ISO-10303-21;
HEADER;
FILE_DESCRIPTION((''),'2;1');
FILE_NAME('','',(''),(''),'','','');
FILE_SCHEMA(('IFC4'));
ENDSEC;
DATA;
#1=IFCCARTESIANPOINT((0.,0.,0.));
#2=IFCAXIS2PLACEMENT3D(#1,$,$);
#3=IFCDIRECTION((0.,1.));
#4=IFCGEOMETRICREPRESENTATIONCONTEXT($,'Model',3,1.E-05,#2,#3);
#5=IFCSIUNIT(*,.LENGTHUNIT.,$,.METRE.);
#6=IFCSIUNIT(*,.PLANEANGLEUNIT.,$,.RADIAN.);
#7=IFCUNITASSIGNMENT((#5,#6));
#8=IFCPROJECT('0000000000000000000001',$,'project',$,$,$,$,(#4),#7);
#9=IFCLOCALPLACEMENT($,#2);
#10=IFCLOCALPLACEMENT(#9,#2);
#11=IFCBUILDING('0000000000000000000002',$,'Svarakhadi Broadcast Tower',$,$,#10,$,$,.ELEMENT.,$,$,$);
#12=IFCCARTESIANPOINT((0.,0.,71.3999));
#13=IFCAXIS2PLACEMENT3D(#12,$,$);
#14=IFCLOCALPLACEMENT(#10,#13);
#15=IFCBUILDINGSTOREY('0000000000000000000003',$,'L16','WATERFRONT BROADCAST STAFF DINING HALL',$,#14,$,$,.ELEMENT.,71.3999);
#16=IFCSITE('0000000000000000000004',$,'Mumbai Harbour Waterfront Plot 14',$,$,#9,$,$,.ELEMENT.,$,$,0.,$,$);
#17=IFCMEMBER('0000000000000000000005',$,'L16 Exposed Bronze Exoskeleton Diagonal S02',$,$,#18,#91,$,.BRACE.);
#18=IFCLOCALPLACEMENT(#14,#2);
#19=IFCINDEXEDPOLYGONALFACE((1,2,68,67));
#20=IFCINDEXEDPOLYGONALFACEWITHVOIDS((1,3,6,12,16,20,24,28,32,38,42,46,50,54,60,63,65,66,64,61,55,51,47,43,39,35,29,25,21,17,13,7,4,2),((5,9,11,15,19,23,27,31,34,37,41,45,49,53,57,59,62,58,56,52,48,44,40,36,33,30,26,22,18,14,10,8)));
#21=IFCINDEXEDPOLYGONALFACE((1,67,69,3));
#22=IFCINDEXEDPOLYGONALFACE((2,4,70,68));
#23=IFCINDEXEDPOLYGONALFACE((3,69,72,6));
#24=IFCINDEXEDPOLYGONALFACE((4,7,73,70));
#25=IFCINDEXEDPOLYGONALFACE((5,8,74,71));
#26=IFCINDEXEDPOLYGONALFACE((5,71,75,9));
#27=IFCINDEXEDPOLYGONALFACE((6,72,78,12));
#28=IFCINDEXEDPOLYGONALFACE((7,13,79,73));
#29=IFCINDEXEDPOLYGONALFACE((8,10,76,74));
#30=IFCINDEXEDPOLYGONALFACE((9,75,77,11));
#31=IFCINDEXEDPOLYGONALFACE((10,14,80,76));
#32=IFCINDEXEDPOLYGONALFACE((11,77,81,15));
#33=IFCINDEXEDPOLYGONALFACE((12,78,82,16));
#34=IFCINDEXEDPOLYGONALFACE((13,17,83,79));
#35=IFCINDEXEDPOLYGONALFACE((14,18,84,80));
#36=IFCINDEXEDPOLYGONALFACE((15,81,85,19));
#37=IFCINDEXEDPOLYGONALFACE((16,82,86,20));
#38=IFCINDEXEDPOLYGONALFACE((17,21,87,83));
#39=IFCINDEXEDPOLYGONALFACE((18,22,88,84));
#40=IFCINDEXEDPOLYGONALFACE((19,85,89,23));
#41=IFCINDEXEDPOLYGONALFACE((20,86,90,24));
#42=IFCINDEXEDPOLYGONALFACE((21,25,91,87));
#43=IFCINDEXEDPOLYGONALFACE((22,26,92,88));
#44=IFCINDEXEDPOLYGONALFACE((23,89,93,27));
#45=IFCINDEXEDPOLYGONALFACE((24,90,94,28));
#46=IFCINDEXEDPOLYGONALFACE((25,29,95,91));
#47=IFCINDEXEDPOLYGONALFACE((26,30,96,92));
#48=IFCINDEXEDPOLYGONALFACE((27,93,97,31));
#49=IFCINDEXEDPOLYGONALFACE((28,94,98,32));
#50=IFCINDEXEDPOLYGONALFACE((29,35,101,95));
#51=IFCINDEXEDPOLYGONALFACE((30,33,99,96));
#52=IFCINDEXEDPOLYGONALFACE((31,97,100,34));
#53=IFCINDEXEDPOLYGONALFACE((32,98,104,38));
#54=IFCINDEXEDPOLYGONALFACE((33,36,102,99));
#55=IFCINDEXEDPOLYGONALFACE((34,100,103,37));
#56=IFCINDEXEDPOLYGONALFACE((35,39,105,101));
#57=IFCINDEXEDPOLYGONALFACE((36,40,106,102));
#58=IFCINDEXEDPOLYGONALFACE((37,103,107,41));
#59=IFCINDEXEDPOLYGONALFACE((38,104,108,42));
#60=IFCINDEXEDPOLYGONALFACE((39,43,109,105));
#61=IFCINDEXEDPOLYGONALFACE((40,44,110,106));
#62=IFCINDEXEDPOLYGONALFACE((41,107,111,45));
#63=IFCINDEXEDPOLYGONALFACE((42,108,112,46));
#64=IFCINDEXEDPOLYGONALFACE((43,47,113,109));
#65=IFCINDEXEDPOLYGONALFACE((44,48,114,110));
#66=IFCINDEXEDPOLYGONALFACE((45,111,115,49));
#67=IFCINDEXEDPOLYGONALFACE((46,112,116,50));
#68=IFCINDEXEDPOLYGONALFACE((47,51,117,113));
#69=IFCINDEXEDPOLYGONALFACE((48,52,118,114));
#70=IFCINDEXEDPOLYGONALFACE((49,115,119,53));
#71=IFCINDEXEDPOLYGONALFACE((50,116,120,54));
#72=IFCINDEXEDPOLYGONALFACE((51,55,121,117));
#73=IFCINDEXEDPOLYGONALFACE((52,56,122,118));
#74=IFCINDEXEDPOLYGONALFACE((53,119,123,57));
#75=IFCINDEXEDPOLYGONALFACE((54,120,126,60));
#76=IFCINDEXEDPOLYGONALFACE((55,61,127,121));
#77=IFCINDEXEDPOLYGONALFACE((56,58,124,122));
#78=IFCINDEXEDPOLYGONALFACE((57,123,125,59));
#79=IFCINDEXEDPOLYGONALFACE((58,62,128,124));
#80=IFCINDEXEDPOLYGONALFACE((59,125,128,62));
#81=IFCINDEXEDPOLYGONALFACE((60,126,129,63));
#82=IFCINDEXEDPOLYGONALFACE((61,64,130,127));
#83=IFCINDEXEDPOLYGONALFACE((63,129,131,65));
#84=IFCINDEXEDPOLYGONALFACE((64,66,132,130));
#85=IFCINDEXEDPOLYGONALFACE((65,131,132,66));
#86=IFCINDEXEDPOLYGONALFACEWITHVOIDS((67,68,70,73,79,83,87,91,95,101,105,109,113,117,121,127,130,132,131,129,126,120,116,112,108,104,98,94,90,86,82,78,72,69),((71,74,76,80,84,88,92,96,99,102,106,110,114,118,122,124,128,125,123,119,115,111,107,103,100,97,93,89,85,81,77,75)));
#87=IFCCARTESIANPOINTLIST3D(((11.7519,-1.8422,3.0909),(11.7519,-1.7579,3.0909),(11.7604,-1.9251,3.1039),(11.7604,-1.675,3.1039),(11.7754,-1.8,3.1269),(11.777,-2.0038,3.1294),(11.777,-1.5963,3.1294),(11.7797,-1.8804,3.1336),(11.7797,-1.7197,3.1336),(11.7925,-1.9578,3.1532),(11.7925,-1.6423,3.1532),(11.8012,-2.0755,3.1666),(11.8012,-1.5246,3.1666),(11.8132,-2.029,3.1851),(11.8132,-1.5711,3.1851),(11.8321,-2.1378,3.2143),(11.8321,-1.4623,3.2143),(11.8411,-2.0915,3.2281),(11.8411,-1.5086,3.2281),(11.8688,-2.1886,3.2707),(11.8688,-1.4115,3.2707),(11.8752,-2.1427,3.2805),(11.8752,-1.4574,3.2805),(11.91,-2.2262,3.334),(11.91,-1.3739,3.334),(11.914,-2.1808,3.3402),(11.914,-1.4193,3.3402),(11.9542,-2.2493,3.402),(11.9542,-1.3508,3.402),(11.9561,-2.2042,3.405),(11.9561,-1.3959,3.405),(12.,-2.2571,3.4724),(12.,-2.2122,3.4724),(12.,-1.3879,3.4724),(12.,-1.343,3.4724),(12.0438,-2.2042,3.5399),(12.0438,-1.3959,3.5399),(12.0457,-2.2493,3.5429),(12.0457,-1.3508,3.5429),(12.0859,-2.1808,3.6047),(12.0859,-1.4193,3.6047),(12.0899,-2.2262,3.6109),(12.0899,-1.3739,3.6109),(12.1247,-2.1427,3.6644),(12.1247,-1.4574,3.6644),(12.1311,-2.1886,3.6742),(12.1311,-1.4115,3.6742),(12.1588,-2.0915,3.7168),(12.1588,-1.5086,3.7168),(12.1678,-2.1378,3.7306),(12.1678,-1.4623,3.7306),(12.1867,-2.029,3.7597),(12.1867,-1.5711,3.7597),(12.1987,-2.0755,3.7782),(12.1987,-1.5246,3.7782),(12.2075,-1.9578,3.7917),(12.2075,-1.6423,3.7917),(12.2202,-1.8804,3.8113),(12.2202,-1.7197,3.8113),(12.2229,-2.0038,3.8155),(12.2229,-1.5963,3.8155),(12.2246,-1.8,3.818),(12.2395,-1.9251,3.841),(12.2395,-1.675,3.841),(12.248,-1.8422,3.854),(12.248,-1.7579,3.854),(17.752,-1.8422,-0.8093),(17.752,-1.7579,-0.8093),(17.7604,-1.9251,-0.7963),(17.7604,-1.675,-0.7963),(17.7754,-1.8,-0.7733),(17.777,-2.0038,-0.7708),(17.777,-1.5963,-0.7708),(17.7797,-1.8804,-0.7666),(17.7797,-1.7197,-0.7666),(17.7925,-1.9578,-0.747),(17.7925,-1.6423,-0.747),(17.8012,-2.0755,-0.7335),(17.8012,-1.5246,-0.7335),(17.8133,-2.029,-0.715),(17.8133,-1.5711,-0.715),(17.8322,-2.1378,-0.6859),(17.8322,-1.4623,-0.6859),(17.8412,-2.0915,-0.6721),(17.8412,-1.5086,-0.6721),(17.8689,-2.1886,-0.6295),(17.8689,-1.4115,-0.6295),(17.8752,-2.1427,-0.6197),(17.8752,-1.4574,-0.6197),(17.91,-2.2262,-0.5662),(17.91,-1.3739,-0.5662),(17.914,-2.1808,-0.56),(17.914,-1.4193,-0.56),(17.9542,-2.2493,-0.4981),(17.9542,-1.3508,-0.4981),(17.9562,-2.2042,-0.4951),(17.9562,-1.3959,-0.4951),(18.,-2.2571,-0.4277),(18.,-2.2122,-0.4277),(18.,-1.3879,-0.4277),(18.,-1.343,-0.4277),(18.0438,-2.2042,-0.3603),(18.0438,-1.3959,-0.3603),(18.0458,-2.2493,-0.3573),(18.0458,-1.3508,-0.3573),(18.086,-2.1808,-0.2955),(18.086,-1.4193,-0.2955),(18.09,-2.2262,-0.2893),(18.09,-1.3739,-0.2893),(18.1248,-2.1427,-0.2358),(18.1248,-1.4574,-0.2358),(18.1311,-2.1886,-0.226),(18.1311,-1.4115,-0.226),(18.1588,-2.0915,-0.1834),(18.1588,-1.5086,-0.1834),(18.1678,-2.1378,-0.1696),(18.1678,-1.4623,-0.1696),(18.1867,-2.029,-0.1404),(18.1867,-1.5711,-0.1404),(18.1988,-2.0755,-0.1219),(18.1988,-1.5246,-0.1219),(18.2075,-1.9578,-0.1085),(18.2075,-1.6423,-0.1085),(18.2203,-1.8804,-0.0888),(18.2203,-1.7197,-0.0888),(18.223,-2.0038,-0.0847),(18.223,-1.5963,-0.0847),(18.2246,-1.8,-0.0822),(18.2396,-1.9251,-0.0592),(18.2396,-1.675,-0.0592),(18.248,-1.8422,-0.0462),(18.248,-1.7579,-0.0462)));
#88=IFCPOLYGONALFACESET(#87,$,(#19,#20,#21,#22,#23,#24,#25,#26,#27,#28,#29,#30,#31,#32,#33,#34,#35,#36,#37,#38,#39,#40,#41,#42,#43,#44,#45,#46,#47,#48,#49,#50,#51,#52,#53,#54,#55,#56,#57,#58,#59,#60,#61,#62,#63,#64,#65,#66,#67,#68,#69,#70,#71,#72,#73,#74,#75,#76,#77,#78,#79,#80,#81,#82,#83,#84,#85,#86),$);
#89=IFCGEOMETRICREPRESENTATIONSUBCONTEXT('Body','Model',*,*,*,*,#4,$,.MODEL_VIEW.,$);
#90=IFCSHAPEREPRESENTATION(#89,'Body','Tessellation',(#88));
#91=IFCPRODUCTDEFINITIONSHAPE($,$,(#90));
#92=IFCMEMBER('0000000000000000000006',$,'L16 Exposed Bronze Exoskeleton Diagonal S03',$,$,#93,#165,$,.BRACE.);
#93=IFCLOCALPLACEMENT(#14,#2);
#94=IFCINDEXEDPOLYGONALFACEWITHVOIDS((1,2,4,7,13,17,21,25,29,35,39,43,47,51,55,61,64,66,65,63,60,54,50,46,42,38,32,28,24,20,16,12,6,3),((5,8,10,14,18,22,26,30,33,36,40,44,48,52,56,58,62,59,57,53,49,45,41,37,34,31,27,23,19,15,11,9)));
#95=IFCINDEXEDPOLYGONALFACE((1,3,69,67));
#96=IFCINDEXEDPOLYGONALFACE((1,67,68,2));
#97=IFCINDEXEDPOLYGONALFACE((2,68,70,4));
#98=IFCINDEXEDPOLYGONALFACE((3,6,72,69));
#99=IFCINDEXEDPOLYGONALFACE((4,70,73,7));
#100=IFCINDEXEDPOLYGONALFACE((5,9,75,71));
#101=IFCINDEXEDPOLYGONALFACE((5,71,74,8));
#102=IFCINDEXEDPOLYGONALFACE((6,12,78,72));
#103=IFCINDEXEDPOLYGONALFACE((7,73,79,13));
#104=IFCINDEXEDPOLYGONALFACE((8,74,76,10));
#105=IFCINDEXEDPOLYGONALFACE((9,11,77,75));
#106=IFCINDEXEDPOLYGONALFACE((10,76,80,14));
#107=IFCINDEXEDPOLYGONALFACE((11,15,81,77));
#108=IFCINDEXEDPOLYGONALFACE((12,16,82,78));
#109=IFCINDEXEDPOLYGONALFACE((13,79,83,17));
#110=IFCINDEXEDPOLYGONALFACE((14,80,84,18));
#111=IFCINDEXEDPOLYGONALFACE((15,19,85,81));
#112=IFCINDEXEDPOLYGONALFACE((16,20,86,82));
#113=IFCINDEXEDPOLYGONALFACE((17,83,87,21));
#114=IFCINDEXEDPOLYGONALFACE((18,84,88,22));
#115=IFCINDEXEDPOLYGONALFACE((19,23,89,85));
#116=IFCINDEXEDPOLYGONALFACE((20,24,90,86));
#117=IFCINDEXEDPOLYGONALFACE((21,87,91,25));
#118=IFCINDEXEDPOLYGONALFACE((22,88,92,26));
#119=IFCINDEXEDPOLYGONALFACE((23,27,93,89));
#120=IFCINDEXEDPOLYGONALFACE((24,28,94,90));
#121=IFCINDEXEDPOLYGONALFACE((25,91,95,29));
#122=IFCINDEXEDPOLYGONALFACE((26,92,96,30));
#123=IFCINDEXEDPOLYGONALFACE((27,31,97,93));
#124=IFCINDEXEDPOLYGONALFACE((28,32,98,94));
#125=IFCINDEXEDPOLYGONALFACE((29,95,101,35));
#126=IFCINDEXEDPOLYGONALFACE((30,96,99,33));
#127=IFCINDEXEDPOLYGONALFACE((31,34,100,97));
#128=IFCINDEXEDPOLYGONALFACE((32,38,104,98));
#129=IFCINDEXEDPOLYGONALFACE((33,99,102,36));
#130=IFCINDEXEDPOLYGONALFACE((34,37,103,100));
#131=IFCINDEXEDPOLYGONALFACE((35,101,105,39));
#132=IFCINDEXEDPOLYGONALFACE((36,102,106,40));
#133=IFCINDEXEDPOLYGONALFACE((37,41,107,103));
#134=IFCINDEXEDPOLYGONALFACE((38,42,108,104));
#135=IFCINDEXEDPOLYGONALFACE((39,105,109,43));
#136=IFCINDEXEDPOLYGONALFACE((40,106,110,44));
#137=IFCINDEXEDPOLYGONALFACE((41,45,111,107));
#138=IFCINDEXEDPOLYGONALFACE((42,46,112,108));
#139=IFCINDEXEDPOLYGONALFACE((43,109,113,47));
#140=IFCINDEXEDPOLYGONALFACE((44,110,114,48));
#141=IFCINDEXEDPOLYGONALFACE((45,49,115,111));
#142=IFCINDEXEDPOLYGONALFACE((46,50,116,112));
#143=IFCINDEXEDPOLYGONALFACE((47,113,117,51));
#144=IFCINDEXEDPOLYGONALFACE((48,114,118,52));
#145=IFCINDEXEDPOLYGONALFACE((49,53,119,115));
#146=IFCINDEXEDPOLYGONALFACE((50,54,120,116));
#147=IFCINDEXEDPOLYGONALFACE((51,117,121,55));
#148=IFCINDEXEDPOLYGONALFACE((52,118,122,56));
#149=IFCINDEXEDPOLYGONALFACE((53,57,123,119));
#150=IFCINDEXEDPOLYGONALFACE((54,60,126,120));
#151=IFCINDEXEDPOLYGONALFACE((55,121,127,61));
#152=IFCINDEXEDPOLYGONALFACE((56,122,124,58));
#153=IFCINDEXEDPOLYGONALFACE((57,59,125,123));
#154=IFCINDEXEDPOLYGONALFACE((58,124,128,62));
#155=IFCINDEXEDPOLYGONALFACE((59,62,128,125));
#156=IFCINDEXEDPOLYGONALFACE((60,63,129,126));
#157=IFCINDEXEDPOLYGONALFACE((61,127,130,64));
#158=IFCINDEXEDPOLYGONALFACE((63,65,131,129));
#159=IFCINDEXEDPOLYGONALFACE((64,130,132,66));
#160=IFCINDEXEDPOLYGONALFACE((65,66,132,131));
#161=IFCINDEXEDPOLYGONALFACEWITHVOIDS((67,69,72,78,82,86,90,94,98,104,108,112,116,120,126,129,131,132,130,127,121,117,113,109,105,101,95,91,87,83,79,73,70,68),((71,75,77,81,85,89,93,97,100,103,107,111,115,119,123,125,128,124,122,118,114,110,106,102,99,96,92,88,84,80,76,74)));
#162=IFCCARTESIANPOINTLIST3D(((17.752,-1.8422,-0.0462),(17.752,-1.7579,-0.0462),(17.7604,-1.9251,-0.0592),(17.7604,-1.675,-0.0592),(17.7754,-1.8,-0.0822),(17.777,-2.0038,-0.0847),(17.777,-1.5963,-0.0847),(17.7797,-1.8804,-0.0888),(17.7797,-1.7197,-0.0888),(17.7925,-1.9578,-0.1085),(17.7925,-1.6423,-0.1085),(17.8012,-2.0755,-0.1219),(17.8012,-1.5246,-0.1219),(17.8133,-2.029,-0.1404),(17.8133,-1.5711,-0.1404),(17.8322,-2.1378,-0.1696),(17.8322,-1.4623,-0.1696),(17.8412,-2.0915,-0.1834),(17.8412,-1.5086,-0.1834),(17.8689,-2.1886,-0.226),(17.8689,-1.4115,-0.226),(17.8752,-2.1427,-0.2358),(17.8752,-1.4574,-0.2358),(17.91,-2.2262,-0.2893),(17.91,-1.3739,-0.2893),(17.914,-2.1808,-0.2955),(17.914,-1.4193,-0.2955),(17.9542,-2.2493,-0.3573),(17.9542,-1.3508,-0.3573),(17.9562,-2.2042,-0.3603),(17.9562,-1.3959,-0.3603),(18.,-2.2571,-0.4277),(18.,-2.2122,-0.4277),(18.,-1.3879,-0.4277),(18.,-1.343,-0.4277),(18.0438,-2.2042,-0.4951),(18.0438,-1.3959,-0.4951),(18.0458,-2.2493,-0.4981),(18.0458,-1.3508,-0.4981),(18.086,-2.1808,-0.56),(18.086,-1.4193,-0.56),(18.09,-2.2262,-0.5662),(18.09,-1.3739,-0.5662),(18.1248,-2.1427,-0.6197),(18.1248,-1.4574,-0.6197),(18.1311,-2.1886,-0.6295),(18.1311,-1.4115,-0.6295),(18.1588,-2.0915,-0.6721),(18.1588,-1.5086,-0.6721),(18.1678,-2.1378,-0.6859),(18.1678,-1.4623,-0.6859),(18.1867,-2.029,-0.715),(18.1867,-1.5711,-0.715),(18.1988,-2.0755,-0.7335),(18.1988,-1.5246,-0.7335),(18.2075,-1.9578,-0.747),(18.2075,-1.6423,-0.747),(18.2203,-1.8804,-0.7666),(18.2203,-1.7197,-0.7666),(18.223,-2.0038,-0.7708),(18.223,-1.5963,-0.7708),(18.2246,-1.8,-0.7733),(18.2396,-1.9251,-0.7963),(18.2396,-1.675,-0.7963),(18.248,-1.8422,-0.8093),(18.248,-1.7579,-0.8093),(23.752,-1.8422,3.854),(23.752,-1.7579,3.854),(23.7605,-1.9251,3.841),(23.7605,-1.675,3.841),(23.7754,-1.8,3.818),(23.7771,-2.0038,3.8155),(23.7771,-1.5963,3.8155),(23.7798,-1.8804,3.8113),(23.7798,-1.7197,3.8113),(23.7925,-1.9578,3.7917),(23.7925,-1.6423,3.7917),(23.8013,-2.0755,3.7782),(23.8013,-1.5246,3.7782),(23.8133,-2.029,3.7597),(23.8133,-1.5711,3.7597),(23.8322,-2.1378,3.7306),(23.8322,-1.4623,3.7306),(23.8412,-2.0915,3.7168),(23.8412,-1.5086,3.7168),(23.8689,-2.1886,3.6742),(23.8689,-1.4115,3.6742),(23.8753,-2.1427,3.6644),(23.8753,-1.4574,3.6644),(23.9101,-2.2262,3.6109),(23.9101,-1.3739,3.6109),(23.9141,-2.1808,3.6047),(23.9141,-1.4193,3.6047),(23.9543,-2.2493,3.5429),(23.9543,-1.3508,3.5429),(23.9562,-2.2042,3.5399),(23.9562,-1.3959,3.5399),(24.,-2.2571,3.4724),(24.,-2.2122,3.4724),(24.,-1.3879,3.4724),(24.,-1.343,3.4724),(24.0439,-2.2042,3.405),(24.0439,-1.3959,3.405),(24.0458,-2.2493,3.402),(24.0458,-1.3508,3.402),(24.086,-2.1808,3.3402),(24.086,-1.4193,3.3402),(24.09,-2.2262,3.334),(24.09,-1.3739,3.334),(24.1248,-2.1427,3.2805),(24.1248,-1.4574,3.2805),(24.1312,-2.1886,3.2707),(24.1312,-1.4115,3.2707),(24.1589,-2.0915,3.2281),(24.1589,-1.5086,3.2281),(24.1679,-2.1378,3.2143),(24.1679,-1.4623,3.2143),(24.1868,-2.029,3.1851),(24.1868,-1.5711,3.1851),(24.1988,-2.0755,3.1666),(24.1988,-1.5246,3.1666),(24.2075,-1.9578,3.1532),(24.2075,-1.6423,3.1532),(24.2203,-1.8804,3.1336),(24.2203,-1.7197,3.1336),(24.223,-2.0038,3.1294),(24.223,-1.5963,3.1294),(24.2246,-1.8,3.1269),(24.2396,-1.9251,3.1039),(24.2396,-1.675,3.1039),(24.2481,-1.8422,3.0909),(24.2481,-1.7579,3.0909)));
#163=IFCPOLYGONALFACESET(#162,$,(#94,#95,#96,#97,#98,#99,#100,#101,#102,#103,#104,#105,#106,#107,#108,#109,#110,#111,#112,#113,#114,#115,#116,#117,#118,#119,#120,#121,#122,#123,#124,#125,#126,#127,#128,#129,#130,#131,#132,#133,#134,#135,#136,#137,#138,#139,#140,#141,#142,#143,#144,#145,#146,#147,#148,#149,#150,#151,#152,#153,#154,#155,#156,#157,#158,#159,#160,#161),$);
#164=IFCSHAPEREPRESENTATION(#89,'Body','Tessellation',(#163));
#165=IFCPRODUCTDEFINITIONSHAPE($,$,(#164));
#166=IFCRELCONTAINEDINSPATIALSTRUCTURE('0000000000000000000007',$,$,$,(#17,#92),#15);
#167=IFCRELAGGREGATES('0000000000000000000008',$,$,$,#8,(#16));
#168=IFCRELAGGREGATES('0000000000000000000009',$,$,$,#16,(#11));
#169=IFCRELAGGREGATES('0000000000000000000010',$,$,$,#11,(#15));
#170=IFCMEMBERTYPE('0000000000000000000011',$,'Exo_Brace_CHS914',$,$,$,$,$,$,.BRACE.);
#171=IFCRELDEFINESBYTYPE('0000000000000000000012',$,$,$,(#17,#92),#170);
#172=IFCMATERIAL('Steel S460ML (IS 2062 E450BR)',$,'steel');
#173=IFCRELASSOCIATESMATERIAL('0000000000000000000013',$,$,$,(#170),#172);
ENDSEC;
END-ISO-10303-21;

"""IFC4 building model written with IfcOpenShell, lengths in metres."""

from ifc_helpers import new_model, si_unit, direction, frame, origin, origin_2d, place, context, subcontext, project, spatial, hollow_circle, extrude, material, material_profile, profile_set, type_object, element, save


model = new_model("IFC4")

# Units and contexts
model_context = context("Model", 3, precision=1e-05, world=origin(), true_north=direction((0.0, 1.0)))
body_context = subcontext(model_context, "Body", "Model", "MODEL_VIEW")
ifc_project = project(units=[si_unit("LENGTHUNIT", "METRE"), si_unit("PLANEANGLEUNIT", "RADIAN")], contexts=[model_context])

# Site, building, storey
site_placement = place(None, origin())
site = spatial("IfcSite", under=ifc_project, at=site_placement, Name="Mumbai Harbour Waterfront Plot 14", CompositionType="ELEMENT", RefElevation=0.0)
building_placement = place(site_placement, origin())
building = spatial("IfcBuilding", under=site, at=building_placement, Name="Svarakhadi Broadcast Tower", CompositionType="ELEMENT")
storey_placement = place(building_placement, frame((0.0, 0.0, 71.3999)))
storey = spatial("IfcBuildingStorey", under=building, at=storey_placement, Name="L16", Description="WATERFRONT BROADCAST STAFF DINING HALL", CompositionType="ELEMENT", Elevation=71.3999)

# Members
ifc_material_1 = material(Name="Steel S460ML (IS 2062 E450BR)", Category="steel")
ifc_material_profile_1 = material_profile(ifc_material_1, hollow_circle(Radius=0.457, WallThickness=0.0449, at=origin_2d()), Name="CHS 914x45")
ifc_profile_set_1 = profile_set([ifc_material_profile_1], Name="Steel S460ML (IS 2062 E450BR)")
member_type_1 = type_object("IfcMemberType", Name="Exo_Brace_CHS914", PredefinedType="BRACE", material=ifc_profile_set_1)
for number, where, z_axis, x_axis, name in (
    (1, (18.0, -1.8, -0.4277), (-0.838434, 0.0, 0.545003), (0.0, -1.0, 0.0), "L16 Exposed Bronze Exoskeleton Diagonal S02"),
    (2, (18.0, -1.8, -0.4277), (0.838434, 0.0, 0.545003), (0.0, 1.0, 0.0), "L16 Exposed Bronze Exoskeleton Diagonal S03"),
):
    element("IfcMember", number, at=place(storey_placement, frame(where, z_axis=z_axis, x_axis=x_axis)), inside=storey, type_object=member_type_1, Name=name, PredefinedType="BRACE", context=body_context, shape_type="SweptSolid", body=[
        extrude(hollow_circle(Radius=0.457, WallThickness=0.0449, at=origin_2d()), origin(), (0.0, 0.0, 1.0), 7.1562),
    ])

save(model, "model.ifc")
